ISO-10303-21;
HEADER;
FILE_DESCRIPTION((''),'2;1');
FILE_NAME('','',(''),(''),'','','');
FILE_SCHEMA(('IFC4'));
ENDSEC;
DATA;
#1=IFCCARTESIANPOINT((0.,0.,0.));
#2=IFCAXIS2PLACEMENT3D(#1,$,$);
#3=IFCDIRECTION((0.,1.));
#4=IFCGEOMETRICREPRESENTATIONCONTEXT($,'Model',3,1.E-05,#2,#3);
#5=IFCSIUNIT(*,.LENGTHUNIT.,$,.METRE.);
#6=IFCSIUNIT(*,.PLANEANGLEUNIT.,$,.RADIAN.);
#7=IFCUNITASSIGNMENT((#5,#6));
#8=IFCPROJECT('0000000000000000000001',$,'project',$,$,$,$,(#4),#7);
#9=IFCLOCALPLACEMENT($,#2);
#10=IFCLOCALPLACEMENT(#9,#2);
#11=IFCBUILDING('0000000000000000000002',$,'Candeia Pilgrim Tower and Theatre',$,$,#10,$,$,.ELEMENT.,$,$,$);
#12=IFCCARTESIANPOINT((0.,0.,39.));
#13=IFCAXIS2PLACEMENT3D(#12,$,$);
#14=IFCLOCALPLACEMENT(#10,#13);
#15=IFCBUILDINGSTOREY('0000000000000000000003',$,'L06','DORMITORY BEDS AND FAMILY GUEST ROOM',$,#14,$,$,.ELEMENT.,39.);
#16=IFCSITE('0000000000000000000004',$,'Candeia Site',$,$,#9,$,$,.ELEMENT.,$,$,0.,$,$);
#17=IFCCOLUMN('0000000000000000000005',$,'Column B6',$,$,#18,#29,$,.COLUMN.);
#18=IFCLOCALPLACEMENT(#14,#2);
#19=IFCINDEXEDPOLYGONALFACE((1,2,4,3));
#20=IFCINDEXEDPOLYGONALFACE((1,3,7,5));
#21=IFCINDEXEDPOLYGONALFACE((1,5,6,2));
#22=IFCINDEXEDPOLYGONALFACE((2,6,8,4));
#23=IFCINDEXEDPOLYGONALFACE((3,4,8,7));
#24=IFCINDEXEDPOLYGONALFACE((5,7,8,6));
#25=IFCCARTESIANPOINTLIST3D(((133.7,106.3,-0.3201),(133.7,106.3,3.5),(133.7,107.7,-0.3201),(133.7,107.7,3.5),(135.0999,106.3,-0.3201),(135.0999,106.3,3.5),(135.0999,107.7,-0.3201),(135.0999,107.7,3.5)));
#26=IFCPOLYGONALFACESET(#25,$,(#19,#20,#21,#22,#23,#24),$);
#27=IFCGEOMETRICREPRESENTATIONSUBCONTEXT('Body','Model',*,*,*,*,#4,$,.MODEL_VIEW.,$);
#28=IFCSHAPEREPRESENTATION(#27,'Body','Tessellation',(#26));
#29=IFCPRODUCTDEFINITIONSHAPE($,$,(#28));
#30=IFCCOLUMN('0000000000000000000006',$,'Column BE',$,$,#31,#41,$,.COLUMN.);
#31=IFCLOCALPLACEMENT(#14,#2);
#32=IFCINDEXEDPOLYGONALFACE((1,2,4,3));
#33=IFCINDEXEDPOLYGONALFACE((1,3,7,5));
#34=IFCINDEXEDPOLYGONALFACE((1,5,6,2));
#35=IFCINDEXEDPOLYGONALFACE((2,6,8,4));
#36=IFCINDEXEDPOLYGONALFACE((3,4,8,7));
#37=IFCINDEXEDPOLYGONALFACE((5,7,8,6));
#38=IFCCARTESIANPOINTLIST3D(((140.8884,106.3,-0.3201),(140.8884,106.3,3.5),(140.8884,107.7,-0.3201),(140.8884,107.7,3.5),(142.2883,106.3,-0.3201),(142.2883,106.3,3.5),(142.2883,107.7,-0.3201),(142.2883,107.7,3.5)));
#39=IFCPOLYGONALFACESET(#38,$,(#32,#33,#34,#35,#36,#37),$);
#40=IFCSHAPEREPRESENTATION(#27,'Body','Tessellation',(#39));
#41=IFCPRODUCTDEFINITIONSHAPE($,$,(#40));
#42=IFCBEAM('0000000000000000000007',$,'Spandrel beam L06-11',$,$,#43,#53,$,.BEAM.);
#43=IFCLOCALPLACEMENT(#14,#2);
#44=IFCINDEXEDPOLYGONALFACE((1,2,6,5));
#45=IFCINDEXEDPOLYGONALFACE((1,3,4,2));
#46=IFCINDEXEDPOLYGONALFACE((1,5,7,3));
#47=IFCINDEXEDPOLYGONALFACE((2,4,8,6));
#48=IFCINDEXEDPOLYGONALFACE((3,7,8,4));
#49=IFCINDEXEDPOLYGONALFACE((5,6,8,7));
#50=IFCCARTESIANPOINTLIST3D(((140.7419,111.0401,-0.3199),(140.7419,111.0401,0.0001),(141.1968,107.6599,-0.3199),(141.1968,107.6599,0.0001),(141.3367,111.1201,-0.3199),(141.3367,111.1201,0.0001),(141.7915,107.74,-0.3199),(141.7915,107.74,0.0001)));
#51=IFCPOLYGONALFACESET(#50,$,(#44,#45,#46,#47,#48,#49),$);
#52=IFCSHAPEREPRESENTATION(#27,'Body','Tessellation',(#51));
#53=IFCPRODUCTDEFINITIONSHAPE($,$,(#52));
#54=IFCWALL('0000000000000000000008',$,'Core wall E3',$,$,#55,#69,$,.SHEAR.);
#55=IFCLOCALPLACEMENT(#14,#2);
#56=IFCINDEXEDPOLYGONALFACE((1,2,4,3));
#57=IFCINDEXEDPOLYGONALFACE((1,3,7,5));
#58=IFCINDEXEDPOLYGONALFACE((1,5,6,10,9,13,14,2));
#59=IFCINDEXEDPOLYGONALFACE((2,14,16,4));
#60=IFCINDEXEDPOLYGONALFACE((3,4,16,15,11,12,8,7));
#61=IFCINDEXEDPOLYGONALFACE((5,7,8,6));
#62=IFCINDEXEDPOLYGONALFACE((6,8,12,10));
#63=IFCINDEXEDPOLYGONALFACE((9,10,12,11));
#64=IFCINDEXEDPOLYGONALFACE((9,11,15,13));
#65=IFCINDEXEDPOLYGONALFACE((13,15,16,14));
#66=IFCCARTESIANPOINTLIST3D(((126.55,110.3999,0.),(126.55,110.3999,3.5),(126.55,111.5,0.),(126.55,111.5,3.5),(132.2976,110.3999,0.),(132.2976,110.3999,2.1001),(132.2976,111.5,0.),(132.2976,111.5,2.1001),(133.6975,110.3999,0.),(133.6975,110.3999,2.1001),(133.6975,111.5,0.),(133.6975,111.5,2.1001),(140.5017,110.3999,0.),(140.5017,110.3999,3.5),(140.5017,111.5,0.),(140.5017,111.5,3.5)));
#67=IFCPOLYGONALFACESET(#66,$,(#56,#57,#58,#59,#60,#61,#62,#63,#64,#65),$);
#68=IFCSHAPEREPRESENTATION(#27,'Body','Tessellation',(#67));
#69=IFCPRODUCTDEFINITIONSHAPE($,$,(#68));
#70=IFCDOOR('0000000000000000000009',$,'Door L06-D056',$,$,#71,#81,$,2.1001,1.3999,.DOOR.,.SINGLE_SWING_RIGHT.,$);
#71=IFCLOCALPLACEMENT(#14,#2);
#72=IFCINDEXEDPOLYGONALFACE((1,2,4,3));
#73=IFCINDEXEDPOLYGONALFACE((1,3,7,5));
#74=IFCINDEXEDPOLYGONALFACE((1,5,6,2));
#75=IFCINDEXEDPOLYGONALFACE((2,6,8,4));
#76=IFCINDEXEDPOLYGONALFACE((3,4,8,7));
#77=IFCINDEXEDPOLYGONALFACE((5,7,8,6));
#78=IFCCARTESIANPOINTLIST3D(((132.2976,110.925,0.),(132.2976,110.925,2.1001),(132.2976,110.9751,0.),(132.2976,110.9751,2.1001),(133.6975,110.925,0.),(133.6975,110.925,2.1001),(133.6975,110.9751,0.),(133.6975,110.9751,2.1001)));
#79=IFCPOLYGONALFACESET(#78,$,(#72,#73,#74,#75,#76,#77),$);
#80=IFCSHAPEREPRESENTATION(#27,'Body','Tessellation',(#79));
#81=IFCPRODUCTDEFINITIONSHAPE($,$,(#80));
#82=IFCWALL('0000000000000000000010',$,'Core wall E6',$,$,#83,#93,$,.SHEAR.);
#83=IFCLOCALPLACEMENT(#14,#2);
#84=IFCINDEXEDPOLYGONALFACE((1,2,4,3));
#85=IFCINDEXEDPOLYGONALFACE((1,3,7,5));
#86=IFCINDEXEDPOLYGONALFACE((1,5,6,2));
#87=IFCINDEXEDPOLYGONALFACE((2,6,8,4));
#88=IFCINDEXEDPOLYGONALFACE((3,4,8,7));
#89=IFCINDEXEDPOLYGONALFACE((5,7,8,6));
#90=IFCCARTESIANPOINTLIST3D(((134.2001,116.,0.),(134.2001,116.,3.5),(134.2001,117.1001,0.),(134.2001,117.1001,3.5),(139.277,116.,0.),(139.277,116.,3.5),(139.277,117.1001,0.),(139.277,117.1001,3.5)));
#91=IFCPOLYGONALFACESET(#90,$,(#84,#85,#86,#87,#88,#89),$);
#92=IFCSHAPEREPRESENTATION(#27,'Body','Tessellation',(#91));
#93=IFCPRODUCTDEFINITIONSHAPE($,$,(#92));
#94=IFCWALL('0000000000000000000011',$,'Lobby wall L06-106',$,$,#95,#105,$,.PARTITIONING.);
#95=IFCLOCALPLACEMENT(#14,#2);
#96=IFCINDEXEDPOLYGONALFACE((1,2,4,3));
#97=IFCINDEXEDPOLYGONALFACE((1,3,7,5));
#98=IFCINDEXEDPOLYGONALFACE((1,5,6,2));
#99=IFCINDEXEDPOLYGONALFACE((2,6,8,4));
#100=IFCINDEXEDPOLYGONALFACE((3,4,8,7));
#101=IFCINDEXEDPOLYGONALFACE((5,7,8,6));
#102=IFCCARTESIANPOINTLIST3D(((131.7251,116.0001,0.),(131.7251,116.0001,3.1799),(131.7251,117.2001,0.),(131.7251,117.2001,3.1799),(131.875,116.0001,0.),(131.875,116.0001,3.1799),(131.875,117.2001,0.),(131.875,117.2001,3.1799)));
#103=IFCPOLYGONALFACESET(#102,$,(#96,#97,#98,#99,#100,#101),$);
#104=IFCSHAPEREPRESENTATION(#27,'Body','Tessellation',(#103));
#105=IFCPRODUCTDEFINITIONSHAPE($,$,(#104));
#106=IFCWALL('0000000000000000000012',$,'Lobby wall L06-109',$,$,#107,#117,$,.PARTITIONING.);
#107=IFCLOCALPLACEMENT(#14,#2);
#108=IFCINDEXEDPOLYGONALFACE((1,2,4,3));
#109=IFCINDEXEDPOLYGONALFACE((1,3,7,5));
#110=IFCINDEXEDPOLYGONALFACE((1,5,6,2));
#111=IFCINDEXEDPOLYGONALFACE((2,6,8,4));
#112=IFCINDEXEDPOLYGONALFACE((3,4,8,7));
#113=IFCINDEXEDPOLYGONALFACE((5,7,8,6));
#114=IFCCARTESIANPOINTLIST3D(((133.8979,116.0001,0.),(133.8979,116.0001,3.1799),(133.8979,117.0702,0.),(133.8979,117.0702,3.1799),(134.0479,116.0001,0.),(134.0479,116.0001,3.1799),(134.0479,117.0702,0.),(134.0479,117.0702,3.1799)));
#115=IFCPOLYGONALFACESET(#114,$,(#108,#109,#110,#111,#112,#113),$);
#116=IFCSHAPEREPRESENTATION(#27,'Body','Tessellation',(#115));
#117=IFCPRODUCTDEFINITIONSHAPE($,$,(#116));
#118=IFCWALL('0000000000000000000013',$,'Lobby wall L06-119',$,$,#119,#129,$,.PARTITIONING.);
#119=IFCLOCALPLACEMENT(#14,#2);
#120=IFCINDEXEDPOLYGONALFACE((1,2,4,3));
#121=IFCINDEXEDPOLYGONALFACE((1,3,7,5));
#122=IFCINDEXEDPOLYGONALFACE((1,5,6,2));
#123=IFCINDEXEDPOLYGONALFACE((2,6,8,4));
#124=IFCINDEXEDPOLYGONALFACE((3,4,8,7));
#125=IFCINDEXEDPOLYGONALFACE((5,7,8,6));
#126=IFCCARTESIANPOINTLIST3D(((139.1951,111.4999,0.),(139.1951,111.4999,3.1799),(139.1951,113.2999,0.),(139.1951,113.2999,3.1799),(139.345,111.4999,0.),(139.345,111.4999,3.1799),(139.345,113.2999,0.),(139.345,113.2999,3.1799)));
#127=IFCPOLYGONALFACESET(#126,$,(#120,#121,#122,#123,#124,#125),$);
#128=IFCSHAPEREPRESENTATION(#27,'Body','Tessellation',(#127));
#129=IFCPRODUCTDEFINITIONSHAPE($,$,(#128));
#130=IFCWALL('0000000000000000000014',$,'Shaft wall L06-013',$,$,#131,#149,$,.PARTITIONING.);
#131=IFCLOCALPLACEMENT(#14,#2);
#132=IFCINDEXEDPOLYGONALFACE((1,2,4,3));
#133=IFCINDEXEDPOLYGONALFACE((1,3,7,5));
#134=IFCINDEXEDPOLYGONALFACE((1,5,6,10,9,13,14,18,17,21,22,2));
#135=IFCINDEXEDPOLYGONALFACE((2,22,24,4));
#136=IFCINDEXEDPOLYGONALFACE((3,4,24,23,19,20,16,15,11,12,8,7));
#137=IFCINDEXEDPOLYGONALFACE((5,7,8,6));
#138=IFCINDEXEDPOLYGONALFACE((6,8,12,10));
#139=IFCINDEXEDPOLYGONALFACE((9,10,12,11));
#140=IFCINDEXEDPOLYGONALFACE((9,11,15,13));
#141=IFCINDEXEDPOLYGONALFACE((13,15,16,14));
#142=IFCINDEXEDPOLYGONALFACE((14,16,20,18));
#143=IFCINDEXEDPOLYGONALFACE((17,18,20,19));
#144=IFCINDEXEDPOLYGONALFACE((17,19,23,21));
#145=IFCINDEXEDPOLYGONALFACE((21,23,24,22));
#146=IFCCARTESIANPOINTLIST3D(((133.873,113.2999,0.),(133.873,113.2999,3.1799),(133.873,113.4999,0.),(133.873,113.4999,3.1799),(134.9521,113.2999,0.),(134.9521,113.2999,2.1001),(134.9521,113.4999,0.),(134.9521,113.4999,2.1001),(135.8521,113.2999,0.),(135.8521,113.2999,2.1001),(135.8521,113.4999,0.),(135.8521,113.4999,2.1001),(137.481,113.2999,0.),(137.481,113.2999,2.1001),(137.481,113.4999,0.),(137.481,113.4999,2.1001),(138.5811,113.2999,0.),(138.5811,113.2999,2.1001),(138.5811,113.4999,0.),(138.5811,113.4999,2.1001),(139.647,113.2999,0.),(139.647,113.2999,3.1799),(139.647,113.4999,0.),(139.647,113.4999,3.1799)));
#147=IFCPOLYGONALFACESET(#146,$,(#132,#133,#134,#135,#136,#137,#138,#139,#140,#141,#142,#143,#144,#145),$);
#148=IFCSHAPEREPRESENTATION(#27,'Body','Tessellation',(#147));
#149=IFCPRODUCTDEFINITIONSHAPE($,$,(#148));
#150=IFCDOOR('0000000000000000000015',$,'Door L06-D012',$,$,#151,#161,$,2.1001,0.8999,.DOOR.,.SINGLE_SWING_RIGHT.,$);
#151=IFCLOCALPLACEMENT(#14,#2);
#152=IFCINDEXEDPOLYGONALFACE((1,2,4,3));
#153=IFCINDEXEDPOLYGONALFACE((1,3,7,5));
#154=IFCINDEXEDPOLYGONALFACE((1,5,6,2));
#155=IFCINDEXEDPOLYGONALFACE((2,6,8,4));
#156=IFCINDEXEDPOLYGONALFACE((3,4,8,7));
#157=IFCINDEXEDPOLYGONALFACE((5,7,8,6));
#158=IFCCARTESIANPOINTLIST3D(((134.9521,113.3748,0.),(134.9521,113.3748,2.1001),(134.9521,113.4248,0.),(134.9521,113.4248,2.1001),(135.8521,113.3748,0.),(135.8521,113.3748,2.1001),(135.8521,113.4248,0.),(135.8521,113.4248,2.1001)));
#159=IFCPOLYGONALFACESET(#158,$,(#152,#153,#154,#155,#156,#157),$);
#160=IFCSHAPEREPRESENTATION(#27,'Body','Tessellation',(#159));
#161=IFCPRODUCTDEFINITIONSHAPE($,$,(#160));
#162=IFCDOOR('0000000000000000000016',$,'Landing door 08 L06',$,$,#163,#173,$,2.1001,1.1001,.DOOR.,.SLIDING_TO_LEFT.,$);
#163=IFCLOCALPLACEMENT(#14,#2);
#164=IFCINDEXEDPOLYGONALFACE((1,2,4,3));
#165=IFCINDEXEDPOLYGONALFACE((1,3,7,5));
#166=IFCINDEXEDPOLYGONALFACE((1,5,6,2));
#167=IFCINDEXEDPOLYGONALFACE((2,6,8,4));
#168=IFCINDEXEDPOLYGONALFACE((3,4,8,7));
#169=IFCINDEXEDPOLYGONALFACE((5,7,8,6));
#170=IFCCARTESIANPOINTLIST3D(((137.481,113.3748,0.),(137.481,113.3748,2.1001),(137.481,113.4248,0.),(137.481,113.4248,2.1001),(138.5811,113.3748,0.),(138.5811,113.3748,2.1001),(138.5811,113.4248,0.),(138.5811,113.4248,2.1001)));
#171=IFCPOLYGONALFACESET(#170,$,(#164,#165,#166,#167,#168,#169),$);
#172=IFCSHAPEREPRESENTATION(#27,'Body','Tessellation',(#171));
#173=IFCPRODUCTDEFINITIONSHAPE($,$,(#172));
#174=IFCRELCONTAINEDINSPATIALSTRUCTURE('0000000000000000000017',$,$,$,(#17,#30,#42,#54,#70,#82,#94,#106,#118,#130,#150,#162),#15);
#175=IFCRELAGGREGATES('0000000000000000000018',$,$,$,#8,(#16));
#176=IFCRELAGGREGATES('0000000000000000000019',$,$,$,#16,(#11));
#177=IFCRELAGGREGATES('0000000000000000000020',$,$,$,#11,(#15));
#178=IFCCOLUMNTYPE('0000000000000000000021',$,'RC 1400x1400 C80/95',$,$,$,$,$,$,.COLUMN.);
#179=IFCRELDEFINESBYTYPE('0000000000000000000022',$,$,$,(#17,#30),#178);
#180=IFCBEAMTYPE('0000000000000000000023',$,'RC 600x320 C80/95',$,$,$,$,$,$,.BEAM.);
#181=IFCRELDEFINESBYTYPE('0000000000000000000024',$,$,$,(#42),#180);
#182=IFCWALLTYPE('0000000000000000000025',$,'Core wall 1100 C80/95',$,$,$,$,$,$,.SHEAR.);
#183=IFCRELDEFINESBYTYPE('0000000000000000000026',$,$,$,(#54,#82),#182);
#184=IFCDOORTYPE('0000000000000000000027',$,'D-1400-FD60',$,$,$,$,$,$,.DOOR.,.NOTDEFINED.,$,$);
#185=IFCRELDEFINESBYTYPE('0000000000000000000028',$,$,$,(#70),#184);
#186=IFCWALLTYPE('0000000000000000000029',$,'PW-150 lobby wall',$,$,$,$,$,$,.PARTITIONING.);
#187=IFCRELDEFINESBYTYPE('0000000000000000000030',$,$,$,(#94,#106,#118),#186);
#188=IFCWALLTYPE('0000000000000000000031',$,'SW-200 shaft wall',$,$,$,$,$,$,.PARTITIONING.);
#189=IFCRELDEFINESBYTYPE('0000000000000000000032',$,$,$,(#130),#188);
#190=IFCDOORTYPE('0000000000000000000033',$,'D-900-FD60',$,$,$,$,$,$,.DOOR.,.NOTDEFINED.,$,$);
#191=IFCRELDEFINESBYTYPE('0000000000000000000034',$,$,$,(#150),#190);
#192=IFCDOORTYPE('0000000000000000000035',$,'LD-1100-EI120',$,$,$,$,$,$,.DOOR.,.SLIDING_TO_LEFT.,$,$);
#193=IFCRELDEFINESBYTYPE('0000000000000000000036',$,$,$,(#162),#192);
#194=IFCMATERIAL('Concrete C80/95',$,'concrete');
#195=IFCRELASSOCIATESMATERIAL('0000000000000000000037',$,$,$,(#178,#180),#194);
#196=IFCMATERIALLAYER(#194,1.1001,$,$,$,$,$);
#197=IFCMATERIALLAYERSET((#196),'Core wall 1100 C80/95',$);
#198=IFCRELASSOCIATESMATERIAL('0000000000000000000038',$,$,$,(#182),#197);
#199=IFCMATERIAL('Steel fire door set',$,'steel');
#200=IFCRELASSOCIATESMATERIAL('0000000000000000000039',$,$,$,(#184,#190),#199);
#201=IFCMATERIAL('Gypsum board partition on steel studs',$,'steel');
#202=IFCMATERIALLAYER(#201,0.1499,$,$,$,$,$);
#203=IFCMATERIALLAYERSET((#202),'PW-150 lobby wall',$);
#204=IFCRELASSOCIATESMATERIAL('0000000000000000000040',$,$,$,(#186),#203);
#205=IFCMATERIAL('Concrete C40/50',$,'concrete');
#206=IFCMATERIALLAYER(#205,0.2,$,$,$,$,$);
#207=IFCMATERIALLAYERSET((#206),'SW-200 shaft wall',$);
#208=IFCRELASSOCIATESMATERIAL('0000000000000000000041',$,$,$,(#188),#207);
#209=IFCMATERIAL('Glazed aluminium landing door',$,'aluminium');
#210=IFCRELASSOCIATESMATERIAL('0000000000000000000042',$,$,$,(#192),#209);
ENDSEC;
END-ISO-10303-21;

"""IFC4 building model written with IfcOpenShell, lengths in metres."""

from ifc_helpers import new_model, si_unit, direction, frame, frame_2d, origin, origin_2d, place, context, subcontext, project, spatial, rectangle, extrude, material, layer, layer_set, material_profile, profile_set, type_object, element, fill, save


model = new_model("IFC4")

# Units and contexts
model_context = context("Model", 3, precision=1e-05, world=origin(), true_north=direction((0.0, 1.0)))
body_context = subcontext(model_context, "Body", "Model", "MODEL_VIEW")
ifc_project = project(units=[si_unit("LENGTHUNIT", "METRE"), si_unit("PLANEANGLEUNIT", "RADIAN")], contexts=[model_context])

# Site, building, storey
site_placement = place(None, origin())
site = spatial("IfcSite", under=ifc_project, at=site_placement, Name="Candeia Site", CompositionType="ELEMENT", RefElevation=0.0)
building_placement = place(site_placement, origin())
building = spatial("IfcBuilding", under=site, at=building_placement, Name="Candeia Pilgrim Tower and Theatre", CompositionType="ELEMENT")
storey_placement = place(building_placement, frame((0.0, 0.0, 39.0)))
storey = spatial("IfcBuildingStorey", under=building, at=storey_placement, Name="L06", Description="DORMITORY BEDS AND FAMILY GUEST ROOM", CompositionType="ELEMENT", Elevation=39.0)

# Columns
ifc_material_1 = material(Name="Concrete C80/95", Category="concrete")
ifc_material_profile_1 = material_profile(ifc_material_1, rectangle(XDim=1.3999, YDim=1.3999, at=origin_2d()))
ifc_profile_set_1 = profile_set([ifc_material_profile_1], Name="Concrete C80/95")
column_type = type_object("IfcColumnType", Name="RC 1400x1400 C80/95", PredefinedType="COLUMN", material=ifc_profile_set_1)
for number, where, z_axis, x_axis, name in (
    (1, (134.3999, 107.0, -0.3201), (0.0, 0.0, 1.0), (1.0, 0.0, 0.0), "Column B6"),
    (2, (141.5884, 107.0, -0.3201), (0.0, 0.0, 1.0), (1.0, 0.0, 0.0), "Column BE"),
):
    element("IfcColumn", number, at=place(storey_placement, frame(where, z_axis=z_axis, x_axis=x_axis)), inside=storey, type_object=column_type, Name=name, PredefinedType="COLUMN", context=body_context, shape_type="SweptSolid", body=[
        extrude(rectangle(XDim=1.3999, YDim=1.3999, at=origin_2d()), origin(), (0.0, 0.0, 1.0), 3.8201),
    ])

# Beam
ifc_material_profile_2 = material_profile(ifc_material_1, rectangle(XDim=0.6001, YDim=0.3201, at=origin_2d()))
ifc_profile_set_2 = profile_set([ifc_material_profile_2], Name="Concrete C80/95")
beam_type = type_object("IfcBeamType", Name="RC 600x320 C80/95", PredefinedType="BEAM", material=ifc_profile_set_2)
beam_placement = place(storey_placement, frame((141.4941, 107.7, -0.1599), z_axis=(-0.133359, 0.991068, 0.0), x_axis=(-0.991068, -0.133359, 0.0)))
element("IfcBeam", 3, at=beam_placement, inside=storey, type_object=beam_type, Name="Spandrel beam L06-11", PredefinedType="BEAM", context=body_context, shape_type="SweptSolid", body=[
    extrude(rectangle(XDim=0.6001, YDim=0.3201, at=origin_2d()), origin(), (0.0, 0.0, 1.0), 3.4106),
])

# Wall, opening, door
ifc_layer_1 = layer(ifc_material_1, 1.1001)
ifc_layer_set_1 = layer_set([ifc_layer_1], Name="Core wall 1100 C80/95")
wall_type_1 = type_object("IfcWallType", Name="Core wall 1100 C80/95", PredefinedType="SHEAR", material=ifc_layer_set_1)
wall_1_placement = place(storey_placement, frame((140.5017, 110.95, 0.0), z_axis=(0.0, 0.0, 1.0), x_axis=(-1.0, 0.0, 0.0)))
wall_1 = element("IfcWall", 4, at=wall_1_placement, inside=storey, type_object=wall_type_1, Name="Core wall E3", PredefinedType="SHEAR", context=body_context, shape_type="SweptSolid", body=[
    extrude(rectangle(XDim=13.9517, YDim=1.1001, at=frame_2d((6.9758, 0.0))), origin(), (0.0, 0.0, 1.0), 3.5),
])
opening_1_placement = place(wall_1_placement, frame((6.8042, 0.0, 0.0)))
opening_1 = element("IfcOpeningElement", 5, at=opening_1_placement, cuts=wall_1, PredefinedType="OPENING", context=body_context, shape_type="SweptSolid", body=[
    extrude(rectangle(XDim=1.3999, YDim=2.1001, at=frame_2d((0.7, 1.05))), frame((0.0, 0.5601, 0.0), z_axis=(0.0, -1.0, 0.0), x_axis=(1.0, 0.0, 0.0)), (0.0, 0.0, 1.0), 1.1201),
])
ifc_material_2 = material(Name="Steel fire door set", Category="steel")
door_type_1 = type_object("IfcDoorType", Name="D-1400-FD60", OperationType="NOTDEFINED", PredefinedType="DOOR", material=ifc_material_2)
door_1_placement = place(opening_1_placement, origin())
door_1 = element("IfcDoor", 6, at=door_1_placement, inside=storey, type_object=door_type_1, Name="Door L06-D056", OperationType="SINGLE_SWING_RIGHT", OverallHeight=2.1001, OverallWidth=1.3999, PredefinedType="DOOR", context=body_context, shape_type="SweptSolid", body=[
    extrude(rectangle(XDim=1.3999, YDim=2.1001, at=frame_2d((0.7, 1.05))), frame((0.0, 0.0249, 0.0), z_axis=(0.0, -1.0, 0.0), x_axis=(1.0, 0.0, 0.0)), (0.0, 0.0, 1.0), 0.05),
])
fill(opening_1, door_1)

# Walls
wall_2_placement = place(storey_placement, frame((134.2, 116.55, 0.0), z_axis=(0.0, 0.0, 1.0), x_axis=(1.0, 0.0, 0.0)))
element("IfcWall", 7, at=wall_2_placement, inside=storey, type_object=wall_type_1, Name="Core wall E6", PredefinedType="SHEAR", context=body_context, shape_type="SweptSolid", body=[
    extrude(rectangle(XDim=5.0769, YDim=1.1001, at=frame_2d((2.5386, 0.0))), origin(), (0.0, 0.0, 1.0), 3.5),
])
ifc_material_3 = material(Name="Gypsum board partition on steel studs", Category="steel")
ifc_layer_2 = layer(ifc_material_3, 0.1499)
ifc_layer_set_2 = layer_set([ifc_layer_2], Name="PW-150 lobby wall")
wall_type_2 = type_object("IfcWallType", Name="PW-150 lobby wall", PredefinedType="PARTITIONING", material=ifc_layer_set_2)
wall_3_placement = place(storey_placement, frame((131.8, 116.0, 0.0), z_axis=(0.0, 0.0, 1.0), x_axis=(0.0, 1.0, 0.0)))
element("IfcWall", 8, at=wall_3_placement, inside=storey, type_object=wall_type_2, Name="Lobby wall L06-106", PredefinedType="PARTITIONING", context=body_context, shape_type="SweptSolid", body=[
    extrude(rectangle(XDim=1.2, YDim=0.1499, at=frame_2d((0.6001, 0.0))), origin(), (0.0, 0.0, 1.0), 3.1799),
])
wall_4_placement = place(storey_placement, frame((133.9729, 116.0, 0.0), z_axis=(0.0, 0.0, 1.0), x_axis=(0.0, 1.0, 0.0)))
element("IfcWall", 9, at=wall_4_placement, inside=storey, type_object=wall_type_2, Name="Lobby wall L06-109", PredefinedType="PARTITIONING", context=body_context, shape_type="SweptSolid", body=[
    extrude(rectangle(XDim=1.0701, YDim=0.1499, at=frame_2d((0.5352, 0.0))), origin(), (0.0, 0.0, 1.0), 3.1799),
])
wall_5_placement = place(storey_placement, frame((139.27, 111.5, 0.0), z_axis=(0.0, 0.0, 1.0), x_axis=(0.0, 1.0, 0.0)))
element("IfcWall", 10, at=wall_5_placement, inside=storey, type_object=wall_type_2, Name="Lobby wall L06-119", PredefinedType="PARTITIONING", context=body_context, shape_type="SweptSolid", body=[
    extrude(rectangle(XDim=1.8, YDim=0.1499, at=frame_2d((0.8999, 0.0))), origin(), (0.0, 0.0, 1.0), 3.1799),
])

# Wall, openings, doors
ifc_material_4 = material(Name="Concrete C40/50", Category="concrete")
ifc_layer_3 = layer(ifc_material_4, 0.2)
ifc_layer_set_3 = layer_set([ifc_layer_3], Name="SW-200 shaft wall")
wall_type_3 = type_object("IfcWallType", Name="SW-200 shaft wall", PredefinedType="PARTITIONING", material=ifc_layer_set_3)
wall_6_placement = place(storey_placement, frame((133.873, 113.3999, 0.0), z_axis=(0.0, 0.0, 1.0), x_axis=(1.0, 0.0, 0.0)))
wall_6 = element("IfcWall", 11, at=wall_6_placement, inside=storey, type_object=wall_type_3, Name="Shaft wall L06-013", PredefinedType="PARTITIONING", context=body_context, shape_type="SweptSolid", body=[
    extrude(rectangle(XDim=5.7739, YDim=0.2, at=frame_2d((2.887, 0.0))), origin(), (0.0, 0.0, 1.0), 3.1799),
])
opening_2_placement = place(wall_6_placement, frame((3.6079, 0.0, 0.0)))
opening_2 = element("IfcOpeningElement", 12, at=opening_2_placement, cuts=wall_6, PredefinedType="OPENING", context=body_context, shape_type="SweptSolid", body=[
    extrude(rectangle(XDim=1.1001, YDim=2.1001, at=frame_2d((0.55, 1.05))), frame((0.0, 0.1099, 0.0), z_axis=(0.0, -1.0, 0.0), x_axis=(1.0, 0.0, 0.0)), (0.0, 0.0, 1.0), 0.22),
])
opening_3_placement = place(wall_6_placement, frame((1.0791, 0.0, 0.0)))
opening_3 = element("IfcOpeningElement", 13, at=opening_3_placement, cuts=wall_6, PredefinedType="OPENING", context=body_context, shape_type="SweptSolid", body=[
    extrude(rectangle(XDim=0.8999, YDim=2.1001, at=frame_2d((0.45, 1.05))), frame((0.0, 0.1099, 0.0), z_axis=(0.0, -1.0, 0.0), x_axis=(1.0, 0.0, 0.0)), (0.0, 0.0, 1.0), 0.22),
])
door_type_2 = type_object("IfcDoorType", Name="D-900-FD60", OperationType="NOTDEFINED", PredefinedType="DOOR", material=ifc_material_2)
door_2_placement = place(opening_3_placement, origin())
door_2 = element("IfcDoor", 14, at=door_2_placement, inside=storey, type_object=door_type_2, Name="Door L06-D012", OperationType="SINGLE_SWING_RIGHT", OverallHeight=2.1001, OverallWidth=0.8999, PredefinedType="DOOR", context=body_context, shape_type="SweptSolid", body=[
    extrude(rectangle(XDim=0.8999, YDim=2.1001, at=frame_2d((0.45, 1.05))), frame((0.0, 0.0249, 0.0), z_axis=(0.0, -1.0, 0.0), x_axis=(1.0, 0.0, 0.0)), (0.0, 0.0, 1.0), 0.05),
])
fill(opening_3, door_2)
ifc_material_5 = material(Name="Glazed aluminium landing door", Category="aluminium")
door_type_3 = type_object("IfcDoorType", Name="LD-1100-EI120", OperationType="SLIDING_TO_LEFT", PredefinedType="DOOR", material=ifc_material_5)
door_3_placement = place(opening_2_placement, origin())
door_3 = element("IfcDoor", 15, at=door_3_placement, inside=storey, type_object=door_type_3, Name="Landing door 08 L06", OperationType="SLIDING_TO_LEFT", OverallHeight=2.1001, OverallWidth=1.1001, PredefinedType="DOOR", context=body_context, shape_type="SweptSolid", body=[
    extrude(rectangle(XDim=1.1001, YDim=2.1001, at=frame_2d((0.55, 1.05))), frame((0.0, 0.0249, 0.0), z_axis=(0.0, -1.0, 0.0), x_axis=(1.0, 0.0, 0.0)), (0.0, 0.0, 1.0), 0.05),
])
fill(opening_2, door_3)

save(model, "model.ifc")
